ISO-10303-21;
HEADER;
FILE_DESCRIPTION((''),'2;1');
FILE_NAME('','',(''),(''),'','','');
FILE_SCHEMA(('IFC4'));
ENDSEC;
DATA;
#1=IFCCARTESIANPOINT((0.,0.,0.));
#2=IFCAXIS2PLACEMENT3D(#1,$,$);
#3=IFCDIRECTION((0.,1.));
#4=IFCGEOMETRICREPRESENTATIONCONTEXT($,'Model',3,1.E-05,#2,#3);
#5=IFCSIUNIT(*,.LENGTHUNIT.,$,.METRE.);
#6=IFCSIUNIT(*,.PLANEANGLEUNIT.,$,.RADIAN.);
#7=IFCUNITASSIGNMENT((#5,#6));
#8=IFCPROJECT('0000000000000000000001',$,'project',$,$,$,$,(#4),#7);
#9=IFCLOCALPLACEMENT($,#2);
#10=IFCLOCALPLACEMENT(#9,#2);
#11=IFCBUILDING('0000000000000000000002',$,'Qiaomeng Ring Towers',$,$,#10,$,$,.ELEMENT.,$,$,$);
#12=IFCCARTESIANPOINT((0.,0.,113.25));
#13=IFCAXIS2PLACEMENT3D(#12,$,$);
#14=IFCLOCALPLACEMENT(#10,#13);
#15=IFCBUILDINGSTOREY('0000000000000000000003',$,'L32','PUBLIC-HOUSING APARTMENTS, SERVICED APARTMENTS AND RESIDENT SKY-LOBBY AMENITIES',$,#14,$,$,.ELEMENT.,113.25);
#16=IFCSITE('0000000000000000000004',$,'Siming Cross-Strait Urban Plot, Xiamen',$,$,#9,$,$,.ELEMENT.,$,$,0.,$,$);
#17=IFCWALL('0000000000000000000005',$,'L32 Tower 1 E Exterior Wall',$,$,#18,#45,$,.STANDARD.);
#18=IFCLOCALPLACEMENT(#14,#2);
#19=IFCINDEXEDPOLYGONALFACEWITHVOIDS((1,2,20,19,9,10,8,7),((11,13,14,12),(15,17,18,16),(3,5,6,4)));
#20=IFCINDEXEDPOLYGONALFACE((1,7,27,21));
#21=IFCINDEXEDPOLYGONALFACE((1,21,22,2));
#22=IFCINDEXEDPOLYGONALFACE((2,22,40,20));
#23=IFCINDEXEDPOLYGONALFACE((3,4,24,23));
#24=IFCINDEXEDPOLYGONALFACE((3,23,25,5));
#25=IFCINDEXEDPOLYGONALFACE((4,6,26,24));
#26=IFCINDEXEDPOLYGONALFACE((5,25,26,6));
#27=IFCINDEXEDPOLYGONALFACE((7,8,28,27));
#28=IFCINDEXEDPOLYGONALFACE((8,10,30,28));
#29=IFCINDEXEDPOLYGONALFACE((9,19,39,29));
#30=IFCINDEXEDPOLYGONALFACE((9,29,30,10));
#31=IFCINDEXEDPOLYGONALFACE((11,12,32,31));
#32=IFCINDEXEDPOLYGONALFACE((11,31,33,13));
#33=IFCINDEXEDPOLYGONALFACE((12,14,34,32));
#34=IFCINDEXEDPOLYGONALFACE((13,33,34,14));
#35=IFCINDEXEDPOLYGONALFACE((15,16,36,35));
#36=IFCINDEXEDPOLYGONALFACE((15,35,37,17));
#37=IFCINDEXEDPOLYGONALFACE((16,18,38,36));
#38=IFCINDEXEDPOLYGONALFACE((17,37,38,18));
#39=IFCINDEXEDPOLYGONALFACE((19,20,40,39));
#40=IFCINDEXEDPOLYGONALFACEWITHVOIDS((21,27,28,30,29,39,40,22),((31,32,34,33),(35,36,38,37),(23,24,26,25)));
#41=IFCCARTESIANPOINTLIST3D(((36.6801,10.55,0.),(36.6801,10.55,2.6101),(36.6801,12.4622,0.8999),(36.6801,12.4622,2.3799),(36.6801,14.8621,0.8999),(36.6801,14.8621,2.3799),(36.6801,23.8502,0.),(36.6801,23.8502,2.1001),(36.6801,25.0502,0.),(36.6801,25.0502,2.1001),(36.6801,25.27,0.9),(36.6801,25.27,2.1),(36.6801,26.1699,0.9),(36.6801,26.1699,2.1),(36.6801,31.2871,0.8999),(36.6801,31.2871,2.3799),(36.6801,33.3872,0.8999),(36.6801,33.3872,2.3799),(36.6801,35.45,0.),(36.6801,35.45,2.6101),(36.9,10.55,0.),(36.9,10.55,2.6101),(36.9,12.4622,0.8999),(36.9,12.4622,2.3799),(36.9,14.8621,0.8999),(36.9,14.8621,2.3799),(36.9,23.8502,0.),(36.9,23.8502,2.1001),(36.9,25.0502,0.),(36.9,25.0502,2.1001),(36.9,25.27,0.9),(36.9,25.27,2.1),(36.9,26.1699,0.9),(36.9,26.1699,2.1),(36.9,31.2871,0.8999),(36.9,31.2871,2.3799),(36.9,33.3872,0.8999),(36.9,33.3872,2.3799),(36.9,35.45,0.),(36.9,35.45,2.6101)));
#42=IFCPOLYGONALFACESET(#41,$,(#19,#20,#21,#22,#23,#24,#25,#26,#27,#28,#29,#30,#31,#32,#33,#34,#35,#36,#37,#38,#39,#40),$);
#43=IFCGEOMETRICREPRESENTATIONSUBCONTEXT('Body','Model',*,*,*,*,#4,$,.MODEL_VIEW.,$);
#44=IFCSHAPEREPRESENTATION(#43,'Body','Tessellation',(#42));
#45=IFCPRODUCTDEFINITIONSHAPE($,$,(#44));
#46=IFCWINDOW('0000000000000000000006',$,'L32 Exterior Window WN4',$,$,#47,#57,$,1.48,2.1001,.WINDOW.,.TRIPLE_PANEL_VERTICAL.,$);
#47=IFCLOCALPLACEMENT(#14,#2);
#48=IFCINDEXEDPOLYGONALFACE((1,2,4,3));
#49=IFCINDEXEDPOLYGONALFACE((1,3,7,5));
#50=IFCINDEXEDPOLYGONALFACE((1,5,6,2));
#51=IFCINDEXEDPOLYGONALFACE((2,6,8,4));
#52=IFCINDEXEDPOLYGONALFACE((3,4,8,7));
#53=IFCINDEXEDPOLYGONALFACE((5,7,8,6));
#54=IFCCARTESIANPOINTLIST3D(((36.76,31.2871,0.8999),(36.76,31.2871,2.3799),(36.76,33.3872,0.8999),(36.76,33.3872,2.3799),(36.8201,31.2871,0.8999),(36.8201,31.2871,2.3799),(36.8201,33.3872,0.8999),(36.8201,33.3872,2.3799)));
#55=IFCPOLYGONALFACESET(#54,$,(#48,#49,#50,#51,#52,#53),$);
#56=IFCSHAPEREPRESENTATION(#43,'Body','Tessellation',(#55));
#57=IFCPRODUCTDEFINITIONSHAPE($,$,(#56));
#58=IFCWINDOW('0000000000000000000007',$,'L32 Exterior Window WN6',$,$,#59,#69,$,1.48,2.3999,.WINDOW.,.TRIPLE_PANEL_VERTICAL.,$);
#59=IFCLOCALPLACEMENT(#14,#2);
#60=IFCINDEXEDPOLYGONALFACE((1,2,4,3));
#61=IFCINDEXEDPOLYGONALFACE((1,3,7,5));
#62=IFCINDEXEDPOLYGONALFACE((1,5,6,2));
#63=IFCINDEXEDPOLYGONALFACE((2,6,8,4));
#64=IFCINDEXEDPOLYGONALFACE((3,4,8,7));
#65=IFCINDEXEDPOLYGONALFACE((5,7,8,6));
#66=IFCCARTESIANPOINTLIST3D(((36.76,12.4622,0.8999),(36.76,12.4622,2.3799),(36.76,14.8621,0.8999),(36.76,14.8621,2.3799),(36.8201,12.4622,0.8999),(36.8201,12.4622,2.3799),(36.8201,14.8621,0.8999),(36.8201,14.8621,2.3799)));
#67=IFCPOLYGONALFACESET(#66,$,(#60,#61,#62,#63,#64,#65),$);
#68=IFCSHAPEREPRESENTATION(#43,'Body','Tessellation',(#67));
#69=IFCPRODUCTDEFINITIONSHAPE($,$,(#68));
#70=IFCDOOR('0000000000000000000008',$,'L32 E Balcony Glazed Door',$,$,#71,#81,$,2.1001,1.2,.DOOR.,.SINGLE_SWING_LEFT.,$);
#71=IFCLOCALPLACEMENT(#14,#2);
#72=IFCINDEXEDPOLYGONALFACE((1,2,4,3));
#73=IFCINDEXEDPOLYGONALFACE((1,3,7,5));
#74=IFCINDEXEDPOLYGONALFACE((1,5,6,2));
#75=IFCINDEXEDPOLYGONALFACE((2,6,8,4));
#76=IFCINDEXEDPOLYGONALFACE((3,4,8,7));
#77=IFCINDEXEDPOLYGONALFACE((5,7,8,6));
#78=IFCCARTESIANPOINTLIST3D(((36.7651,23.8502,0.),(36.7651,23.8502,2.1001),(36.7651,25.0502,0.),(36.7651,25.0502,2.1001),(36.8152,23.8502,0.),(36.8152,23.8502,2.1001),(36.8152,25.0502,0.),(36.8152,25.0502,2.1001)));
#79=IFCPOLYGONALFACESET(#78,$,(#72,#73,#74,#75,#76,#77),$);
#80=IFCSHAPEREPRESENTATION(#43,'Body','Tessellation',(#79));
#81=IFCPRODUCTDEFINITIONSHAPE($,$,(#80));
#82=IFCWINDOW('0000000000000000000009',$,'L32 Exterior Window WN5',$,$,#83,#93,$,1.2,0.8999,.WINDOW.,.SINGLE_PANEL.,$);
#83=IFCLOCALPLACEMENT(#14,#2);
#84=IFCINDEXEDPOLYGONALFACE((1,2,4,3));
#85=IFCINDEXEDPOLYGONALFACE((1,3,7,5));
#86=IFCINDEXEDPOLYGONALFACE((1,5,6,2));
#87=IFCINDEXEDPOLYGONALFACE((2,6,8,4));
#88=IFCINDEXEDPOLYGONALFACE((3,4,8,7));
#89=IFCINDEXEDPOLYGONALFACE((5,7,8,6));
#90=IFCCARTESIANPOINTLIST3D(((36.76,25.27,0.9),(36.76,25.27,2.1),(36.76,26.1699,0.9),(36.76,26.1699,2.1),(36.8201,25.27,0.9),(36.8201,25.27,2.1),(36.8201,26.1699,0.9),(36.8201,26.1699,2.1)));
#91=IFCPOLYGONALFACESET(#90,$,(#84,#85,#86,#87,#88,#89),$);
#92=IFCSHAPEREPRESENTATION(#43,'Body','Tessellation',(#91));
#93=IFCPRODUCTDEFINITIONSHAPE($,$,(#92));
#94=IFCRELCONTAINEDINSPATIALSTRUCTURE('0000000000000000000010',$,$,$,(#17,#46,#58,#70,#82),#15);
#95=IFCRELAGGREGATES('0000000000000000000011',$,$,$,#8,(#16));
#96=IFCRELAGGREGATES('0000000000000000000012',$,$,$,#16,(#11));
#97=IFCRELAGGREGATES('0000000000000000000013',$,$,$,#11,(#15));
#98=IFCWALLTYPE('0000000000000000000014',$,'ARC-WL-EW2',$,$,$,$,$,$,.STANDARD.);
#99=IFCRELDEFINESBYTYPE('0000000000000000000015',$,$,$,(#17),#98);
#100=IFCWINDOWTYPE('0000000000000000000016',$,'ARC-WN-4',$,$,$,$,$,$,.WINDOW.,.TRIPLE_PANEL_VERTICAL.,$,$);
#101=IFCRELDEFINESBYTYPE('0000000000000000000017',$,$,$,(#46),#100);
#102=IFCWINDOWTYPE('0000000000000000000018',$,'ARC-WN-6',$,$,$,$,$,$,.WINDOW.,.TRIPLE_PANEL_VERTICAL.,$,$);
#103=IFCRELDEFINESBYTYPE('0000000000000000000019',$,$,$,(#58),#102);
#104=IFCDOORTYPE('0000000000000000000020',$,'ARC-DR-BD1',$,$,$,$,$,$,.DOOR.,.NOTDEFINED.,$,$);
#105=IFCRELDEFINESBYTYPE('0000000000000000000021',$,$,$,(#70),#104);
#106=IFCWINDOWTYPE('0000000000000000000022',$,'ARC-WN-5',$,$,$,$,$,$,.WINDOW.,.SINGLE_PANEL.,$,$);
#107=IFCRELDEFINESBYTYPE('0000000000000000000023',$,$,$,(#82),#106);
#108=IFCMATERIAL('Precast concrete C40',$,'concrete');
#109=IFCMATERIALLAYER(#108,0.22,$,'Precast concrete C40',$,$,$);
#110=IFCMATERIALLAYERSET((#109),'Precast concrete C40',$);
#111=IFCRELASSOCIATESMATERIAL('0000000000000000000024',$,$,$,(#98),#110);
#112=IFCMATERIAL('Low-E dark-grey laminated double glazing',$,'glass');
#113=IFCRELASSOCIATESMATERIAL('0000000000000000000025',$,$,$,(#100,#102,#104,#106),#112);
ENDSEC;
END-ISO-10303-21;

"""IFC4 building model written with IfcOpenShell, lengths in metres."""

from ifc_helpers import new_model, si_unit, direction, frame, frame_2d, origin, place, context, subcontext, project, spatial, rectangle, extrude, source, transform, mapped, material, layer, layer_set, type_object, element, fill, save


model = new_model("IFC4")

# Units and contexts
model_context = context("Model", 3, precision=1e-05, world=origin(), true_north=direction((0.0, 1.0)))
body_context = subcontext(model_context, "Body", "Model", "MODEL_VIEW")
ifc_project = project(units=[si_unit("LENGTHUNIT", "METRE"), si_unit("PLANEANGLEUNIT", "RADIAN")], contexts=[model_context])

# Site, building, storey
site_placement = place(None, origin())
site = spatial("IfcSite", under=ifc_project, at=site_placement, Name="Siming Cross-Strait Urban Plot, Xiamen", CompositionType="ELEMENT", RefElevation=0.0)
building_placement = place(site_placement, origin())
building = spatial("IfcBuilding", under=site, at=building_placement, Name="Qiaomeng Ring Towers", CompositionType="ELEMENT")
storey_placement = place(building_placement, frame((0.0, 0.0, 113.25)))
storey = spatial("IfcBuildingStorey", under=building, at=storey_placement, Name="L32", Description="PUBLIC-HOUSING APARTMENTS, SERVICED APARTMENTS AND RESIDENT SKY-LOBBY AMENITIES", CompositionType="ELEMENT", Elevation=113.25)

# Wall, openings, windows, door
ifc_material_1 = material(Name="Precast concrete C40", Category="concrete")
ifc_layer_1 = layer(ifc_material_1, 0.22, Name="Precast concrete C40")
ifc_layer_set_1 = layer_set([ifc_layer_1], Name="Precast concrete C40")
wall_type = type_object("IfcWallType", Name="ARC-WL-EW2", PredefinedType="STANDARD", material=ifc_layer_set_1)
wall_placement = place(storey_placement, frame((36.79, 10.55, 0.0), z_axis=(0.0, 0.0, 1.0), x_axis=(0.0, 1.0, 0.0)))
wall = element("IfcWall", 1, at=wall_placement, inside=storey, type_object=wall_type, Name="L32 Tower 1 E Exterior Wall", PredefinedType="STANDARD", context=body_context, shape_type="SweptSolid", body=[
    extrude(rectangle(XDim=24.8999, YDim=0.22, at=frame_2d((12.45, 0.0))), origin(), (0.0, 0.0, 1.0), 2.6101),
])
opening_1_placement = place(wall_placement, frame((13.3, 0.0, 0.0)))
opening_1 = element("IfcOpeningElement", 2, at=opening_1_placement, cuts=wall, PredefinedType="OPENING", context=body_context, shape_type="SweptSolid", body=[
    extrude(rectangle(XDim=1.2, YDim=2.1001, at=frame_2d((0.6001, 1.05))), frame((0.0, 0.1199, 0.0), z_axis=(0.0, -1.0, 0.0), x_axis=(1.0, 0.0, 0.0)), (0.0, 0.0, 1.0), 0.24),
])
opening_2_placement = place(wall_placement, frame((1.9121, 0.0, 0.8999)))
opening_2 = element("IfcOpeningElement", 3, at=opening_2_placement, cuts=wall, PredefinedType="OPENING", context=body_context, shape_type="SweptSolid", body=[
    extrude(rectangle(XDim=2.3999, YDim=1.48, at=frame_2d((1.2, 0.74))), frame((0.0, 0.1199, 0.0), z_axis=(0.0, -1.0, 0.0), x_axis=(1.0, 0.0, 0.0)), (0.0, 0.0, 1.0), 0.24),
])
opening_3_placement = place(wall_placement, frame((20.7371, 0.0, 0.8999)))
opening_3 = element("IfcOpeningElement", 4, at=opening_3_placement, cuts=wall, PredefinedType="OPENING", context=body_context, shape_type="SweptSolid", body=[
    extrude(rectangle(XDim=2.1001, YDim=1.48, at=frame_2d((1.05, 0.74))), frame((0.0, 0.1199, 0.0), z_axis=(0.0, -1.0, 0.0), x_axis=(1.0, 0.0, 0.0)), (0.0, 0.0, 1.0), 0.24),
])
opening_4_placement = place(wall_placement, frame((14.72, 0.0, 0.8999)))
opening_4 = element("IfcOpeningElement", 5, at=opening_4_placement, cuts=wall, PredefinedType="OPENING", context=body_context, shape_type="SweptSolid", body=[
    extrude(rectangle(XDim=0.8999, YDim=1.2, at=frame_2d((0.45, 0.6001))), frame((0.0, 0.1199, 0.0), z_axis=(0.0, -1.0, 0.0), x_axis=(1.0, 0.0, 0.0)), (0.0, 0.0, 1.0), 0.24),
])
ifc_material_2 = material(Name="Low-E dark-grey laminated double glazing", Category="glass")
window_type_1 = type_object("IfcWindowType", Name="ARC-WN-4", PartitioningType="TRIPLE_PANEL_VERTICAL", PredefinedType="WINDOW", material=ifc_material_2)
shared_shape_1 = source(origin(), body_context, "Body", "SweptSolid", [
    extrude(rectangle(XDim=2.1001, YDim=1.48, at=frame_2d((1.05, 0.74))), frame((0.0, 0.03, 0.0), z_axis=(0.0, -1.0, 0.0), x_axis=(1.0, 0.0, 0.0)), (0.0, 0.0, 1.0), 0.0601),
])
window_1_placement = place(opening_3_placement, origin())
window_1 = element("IfcWindow", 6, at=window_1_placement, inside=storey, type_object=window_type_1, Name="L32 Exterior Window WN4", OverallHeight=1.48, OverallWidth=2.1001, PartitioningType="TRIPLE_PANEL_VERTICAL", PredefinedType="WINDOW", context=body_context, shape_type="MappedRepresentation", body=[
    mapped(shared_shape_1, transform((0.0, 0.0, 0.0), x_axis=(1.0, 0.0, 0.0), y_axis=(0.0, 1.0, 0.0), z_axis=(0.0, 0.0, 1.0), scale=1.0)),
])
fill(opening_3, window_1)
window_type_2 = type_object("IfcWindowType", Name="ARC-WN-6", PartitioningType="TRIPLE_PANEL_VERTICAL", PredefinedType="WINDOW", material=ifc_material_2)
shared_shape_2 = source(origin(), body_context, "Body", "SweptSolid", [
    extrude(rectangle(XDim=2.3999, YDim=1.48, at=frame_2d((1.2, 0.74))), frame((0.0, 0.03, 0.0), z_axis=(0.0, -1.0, 0.0), x_axis=(1.0, 0.0, 0.0)), (0.0, 0.0, 1.0), 0.0601),
])
window_2_placement = place(opening_2_placement, origin())
window_2 = element("IfcWindow", 7, at=window_2_placement, inside=storey, type_object=window_type_2, Name="L32 Exterior Window WN6", OverallHeight=1.48, OverallWidth=2.3999, PartitioningType="TRIPLE_PANEL_VERTICAL", PredefinedType="WINDOW", context=body_context, shape_type="MappedRepresentation", body=[
    mapped(shared_shape_2, transform((0.0, 0.0, 0.0), x_axis=(1.0, 0.0, 0.0), y_axis=(0.0, 1.0, 0.0), z_axis=(0.0, 0.0, 1.0), scale=1.0)),
])
fill(opening_2, window_2)
door_type = type_object("IfcDoorType", Name="ARC-DR-BD1", OperationType="NOTDEFINED", PredefinedType="DOOR", material=ifc_material_2)
shared_shape_3 = source(origin(), body_context, "Body", "SweptSolid", [
    extrude(rectangle(XDim=1.2, YDim=2.1001, at=frame_2d((0.6001, 1.05))), frame((0.0, 0.0249, 0.0), z_axis=(0.0, -1.0, 0.0), x_axis=(1.0, 0.0, 0.0)), (0.0, 0.0, 1.0), 0.05),
])
door_placement = place(opening_1_placement, origin())
door = element("IfcDoor", 8, at=door_placement, inside=storey, type_object=door_type, Name="L32 E Balcony Glazed Door", OperationType="SINGLE_SWING_LEFT", OverallHeight=2.1001, OverallWidth=1.2, PredefinedType="DOOR", context=body_context, shape_type="MappedRepresentation", body=[
    mapped(shared_shape_3, transform((0.0, 0.0, 0.0), x_axis=(1.0, 0.0, 0.0), y_axis=(0.0, 1.0, 0.0), z_axis=(0.0, 0.0, 1.0), scale=1.0)),
])
fill(opening_1, door)
window_type_3 = type_object("IfcWindowType", Name="ARC-WN-5", PartitioningType="SINGLE_PANEL", PredefinedType="WINDOW", material=ifc_material_2)
shared_shape_4 = source(origin(), body_context, "Body", "SweptSolid", [
    extrude(rectangle(XDim=0.8999, YDim=1.2, at=frame_2d((0.45, 0.6001))), frame((0.0, 0.03, 0.0), z_axis=(0.0, -1.0, 0.0), x_axis=(1.0, 0.0, 0.0)), (0.0, 0.0, 1.0), 0.0601),
])
window_3_placement = place(opening_4_placement, origin())
window_3 = element("IfcWindow", 9, at=window_3_placement, inside=storey, type_object=window_type_3, Name="L32 Exterior Window WN5", OverallHeight=1.2, OverallWidth=0.8999, PartitioningType="SINGLE_PANEL", PredefinedType="WINDOW", context=body_context, shape_type="MappedRepresentation", body=[
    mapped(shared_shape_4, transform((0.0, 0.0, 0.0), x_axis=(1.0, 0.0, 0.0), y_axis=(0.0, 1.0, 0.0), z_axis=(0.0, 0.0, 1.0), scale=1.0)),
])
fill(opening_4, window_3)

save(model, "model.ifc")
